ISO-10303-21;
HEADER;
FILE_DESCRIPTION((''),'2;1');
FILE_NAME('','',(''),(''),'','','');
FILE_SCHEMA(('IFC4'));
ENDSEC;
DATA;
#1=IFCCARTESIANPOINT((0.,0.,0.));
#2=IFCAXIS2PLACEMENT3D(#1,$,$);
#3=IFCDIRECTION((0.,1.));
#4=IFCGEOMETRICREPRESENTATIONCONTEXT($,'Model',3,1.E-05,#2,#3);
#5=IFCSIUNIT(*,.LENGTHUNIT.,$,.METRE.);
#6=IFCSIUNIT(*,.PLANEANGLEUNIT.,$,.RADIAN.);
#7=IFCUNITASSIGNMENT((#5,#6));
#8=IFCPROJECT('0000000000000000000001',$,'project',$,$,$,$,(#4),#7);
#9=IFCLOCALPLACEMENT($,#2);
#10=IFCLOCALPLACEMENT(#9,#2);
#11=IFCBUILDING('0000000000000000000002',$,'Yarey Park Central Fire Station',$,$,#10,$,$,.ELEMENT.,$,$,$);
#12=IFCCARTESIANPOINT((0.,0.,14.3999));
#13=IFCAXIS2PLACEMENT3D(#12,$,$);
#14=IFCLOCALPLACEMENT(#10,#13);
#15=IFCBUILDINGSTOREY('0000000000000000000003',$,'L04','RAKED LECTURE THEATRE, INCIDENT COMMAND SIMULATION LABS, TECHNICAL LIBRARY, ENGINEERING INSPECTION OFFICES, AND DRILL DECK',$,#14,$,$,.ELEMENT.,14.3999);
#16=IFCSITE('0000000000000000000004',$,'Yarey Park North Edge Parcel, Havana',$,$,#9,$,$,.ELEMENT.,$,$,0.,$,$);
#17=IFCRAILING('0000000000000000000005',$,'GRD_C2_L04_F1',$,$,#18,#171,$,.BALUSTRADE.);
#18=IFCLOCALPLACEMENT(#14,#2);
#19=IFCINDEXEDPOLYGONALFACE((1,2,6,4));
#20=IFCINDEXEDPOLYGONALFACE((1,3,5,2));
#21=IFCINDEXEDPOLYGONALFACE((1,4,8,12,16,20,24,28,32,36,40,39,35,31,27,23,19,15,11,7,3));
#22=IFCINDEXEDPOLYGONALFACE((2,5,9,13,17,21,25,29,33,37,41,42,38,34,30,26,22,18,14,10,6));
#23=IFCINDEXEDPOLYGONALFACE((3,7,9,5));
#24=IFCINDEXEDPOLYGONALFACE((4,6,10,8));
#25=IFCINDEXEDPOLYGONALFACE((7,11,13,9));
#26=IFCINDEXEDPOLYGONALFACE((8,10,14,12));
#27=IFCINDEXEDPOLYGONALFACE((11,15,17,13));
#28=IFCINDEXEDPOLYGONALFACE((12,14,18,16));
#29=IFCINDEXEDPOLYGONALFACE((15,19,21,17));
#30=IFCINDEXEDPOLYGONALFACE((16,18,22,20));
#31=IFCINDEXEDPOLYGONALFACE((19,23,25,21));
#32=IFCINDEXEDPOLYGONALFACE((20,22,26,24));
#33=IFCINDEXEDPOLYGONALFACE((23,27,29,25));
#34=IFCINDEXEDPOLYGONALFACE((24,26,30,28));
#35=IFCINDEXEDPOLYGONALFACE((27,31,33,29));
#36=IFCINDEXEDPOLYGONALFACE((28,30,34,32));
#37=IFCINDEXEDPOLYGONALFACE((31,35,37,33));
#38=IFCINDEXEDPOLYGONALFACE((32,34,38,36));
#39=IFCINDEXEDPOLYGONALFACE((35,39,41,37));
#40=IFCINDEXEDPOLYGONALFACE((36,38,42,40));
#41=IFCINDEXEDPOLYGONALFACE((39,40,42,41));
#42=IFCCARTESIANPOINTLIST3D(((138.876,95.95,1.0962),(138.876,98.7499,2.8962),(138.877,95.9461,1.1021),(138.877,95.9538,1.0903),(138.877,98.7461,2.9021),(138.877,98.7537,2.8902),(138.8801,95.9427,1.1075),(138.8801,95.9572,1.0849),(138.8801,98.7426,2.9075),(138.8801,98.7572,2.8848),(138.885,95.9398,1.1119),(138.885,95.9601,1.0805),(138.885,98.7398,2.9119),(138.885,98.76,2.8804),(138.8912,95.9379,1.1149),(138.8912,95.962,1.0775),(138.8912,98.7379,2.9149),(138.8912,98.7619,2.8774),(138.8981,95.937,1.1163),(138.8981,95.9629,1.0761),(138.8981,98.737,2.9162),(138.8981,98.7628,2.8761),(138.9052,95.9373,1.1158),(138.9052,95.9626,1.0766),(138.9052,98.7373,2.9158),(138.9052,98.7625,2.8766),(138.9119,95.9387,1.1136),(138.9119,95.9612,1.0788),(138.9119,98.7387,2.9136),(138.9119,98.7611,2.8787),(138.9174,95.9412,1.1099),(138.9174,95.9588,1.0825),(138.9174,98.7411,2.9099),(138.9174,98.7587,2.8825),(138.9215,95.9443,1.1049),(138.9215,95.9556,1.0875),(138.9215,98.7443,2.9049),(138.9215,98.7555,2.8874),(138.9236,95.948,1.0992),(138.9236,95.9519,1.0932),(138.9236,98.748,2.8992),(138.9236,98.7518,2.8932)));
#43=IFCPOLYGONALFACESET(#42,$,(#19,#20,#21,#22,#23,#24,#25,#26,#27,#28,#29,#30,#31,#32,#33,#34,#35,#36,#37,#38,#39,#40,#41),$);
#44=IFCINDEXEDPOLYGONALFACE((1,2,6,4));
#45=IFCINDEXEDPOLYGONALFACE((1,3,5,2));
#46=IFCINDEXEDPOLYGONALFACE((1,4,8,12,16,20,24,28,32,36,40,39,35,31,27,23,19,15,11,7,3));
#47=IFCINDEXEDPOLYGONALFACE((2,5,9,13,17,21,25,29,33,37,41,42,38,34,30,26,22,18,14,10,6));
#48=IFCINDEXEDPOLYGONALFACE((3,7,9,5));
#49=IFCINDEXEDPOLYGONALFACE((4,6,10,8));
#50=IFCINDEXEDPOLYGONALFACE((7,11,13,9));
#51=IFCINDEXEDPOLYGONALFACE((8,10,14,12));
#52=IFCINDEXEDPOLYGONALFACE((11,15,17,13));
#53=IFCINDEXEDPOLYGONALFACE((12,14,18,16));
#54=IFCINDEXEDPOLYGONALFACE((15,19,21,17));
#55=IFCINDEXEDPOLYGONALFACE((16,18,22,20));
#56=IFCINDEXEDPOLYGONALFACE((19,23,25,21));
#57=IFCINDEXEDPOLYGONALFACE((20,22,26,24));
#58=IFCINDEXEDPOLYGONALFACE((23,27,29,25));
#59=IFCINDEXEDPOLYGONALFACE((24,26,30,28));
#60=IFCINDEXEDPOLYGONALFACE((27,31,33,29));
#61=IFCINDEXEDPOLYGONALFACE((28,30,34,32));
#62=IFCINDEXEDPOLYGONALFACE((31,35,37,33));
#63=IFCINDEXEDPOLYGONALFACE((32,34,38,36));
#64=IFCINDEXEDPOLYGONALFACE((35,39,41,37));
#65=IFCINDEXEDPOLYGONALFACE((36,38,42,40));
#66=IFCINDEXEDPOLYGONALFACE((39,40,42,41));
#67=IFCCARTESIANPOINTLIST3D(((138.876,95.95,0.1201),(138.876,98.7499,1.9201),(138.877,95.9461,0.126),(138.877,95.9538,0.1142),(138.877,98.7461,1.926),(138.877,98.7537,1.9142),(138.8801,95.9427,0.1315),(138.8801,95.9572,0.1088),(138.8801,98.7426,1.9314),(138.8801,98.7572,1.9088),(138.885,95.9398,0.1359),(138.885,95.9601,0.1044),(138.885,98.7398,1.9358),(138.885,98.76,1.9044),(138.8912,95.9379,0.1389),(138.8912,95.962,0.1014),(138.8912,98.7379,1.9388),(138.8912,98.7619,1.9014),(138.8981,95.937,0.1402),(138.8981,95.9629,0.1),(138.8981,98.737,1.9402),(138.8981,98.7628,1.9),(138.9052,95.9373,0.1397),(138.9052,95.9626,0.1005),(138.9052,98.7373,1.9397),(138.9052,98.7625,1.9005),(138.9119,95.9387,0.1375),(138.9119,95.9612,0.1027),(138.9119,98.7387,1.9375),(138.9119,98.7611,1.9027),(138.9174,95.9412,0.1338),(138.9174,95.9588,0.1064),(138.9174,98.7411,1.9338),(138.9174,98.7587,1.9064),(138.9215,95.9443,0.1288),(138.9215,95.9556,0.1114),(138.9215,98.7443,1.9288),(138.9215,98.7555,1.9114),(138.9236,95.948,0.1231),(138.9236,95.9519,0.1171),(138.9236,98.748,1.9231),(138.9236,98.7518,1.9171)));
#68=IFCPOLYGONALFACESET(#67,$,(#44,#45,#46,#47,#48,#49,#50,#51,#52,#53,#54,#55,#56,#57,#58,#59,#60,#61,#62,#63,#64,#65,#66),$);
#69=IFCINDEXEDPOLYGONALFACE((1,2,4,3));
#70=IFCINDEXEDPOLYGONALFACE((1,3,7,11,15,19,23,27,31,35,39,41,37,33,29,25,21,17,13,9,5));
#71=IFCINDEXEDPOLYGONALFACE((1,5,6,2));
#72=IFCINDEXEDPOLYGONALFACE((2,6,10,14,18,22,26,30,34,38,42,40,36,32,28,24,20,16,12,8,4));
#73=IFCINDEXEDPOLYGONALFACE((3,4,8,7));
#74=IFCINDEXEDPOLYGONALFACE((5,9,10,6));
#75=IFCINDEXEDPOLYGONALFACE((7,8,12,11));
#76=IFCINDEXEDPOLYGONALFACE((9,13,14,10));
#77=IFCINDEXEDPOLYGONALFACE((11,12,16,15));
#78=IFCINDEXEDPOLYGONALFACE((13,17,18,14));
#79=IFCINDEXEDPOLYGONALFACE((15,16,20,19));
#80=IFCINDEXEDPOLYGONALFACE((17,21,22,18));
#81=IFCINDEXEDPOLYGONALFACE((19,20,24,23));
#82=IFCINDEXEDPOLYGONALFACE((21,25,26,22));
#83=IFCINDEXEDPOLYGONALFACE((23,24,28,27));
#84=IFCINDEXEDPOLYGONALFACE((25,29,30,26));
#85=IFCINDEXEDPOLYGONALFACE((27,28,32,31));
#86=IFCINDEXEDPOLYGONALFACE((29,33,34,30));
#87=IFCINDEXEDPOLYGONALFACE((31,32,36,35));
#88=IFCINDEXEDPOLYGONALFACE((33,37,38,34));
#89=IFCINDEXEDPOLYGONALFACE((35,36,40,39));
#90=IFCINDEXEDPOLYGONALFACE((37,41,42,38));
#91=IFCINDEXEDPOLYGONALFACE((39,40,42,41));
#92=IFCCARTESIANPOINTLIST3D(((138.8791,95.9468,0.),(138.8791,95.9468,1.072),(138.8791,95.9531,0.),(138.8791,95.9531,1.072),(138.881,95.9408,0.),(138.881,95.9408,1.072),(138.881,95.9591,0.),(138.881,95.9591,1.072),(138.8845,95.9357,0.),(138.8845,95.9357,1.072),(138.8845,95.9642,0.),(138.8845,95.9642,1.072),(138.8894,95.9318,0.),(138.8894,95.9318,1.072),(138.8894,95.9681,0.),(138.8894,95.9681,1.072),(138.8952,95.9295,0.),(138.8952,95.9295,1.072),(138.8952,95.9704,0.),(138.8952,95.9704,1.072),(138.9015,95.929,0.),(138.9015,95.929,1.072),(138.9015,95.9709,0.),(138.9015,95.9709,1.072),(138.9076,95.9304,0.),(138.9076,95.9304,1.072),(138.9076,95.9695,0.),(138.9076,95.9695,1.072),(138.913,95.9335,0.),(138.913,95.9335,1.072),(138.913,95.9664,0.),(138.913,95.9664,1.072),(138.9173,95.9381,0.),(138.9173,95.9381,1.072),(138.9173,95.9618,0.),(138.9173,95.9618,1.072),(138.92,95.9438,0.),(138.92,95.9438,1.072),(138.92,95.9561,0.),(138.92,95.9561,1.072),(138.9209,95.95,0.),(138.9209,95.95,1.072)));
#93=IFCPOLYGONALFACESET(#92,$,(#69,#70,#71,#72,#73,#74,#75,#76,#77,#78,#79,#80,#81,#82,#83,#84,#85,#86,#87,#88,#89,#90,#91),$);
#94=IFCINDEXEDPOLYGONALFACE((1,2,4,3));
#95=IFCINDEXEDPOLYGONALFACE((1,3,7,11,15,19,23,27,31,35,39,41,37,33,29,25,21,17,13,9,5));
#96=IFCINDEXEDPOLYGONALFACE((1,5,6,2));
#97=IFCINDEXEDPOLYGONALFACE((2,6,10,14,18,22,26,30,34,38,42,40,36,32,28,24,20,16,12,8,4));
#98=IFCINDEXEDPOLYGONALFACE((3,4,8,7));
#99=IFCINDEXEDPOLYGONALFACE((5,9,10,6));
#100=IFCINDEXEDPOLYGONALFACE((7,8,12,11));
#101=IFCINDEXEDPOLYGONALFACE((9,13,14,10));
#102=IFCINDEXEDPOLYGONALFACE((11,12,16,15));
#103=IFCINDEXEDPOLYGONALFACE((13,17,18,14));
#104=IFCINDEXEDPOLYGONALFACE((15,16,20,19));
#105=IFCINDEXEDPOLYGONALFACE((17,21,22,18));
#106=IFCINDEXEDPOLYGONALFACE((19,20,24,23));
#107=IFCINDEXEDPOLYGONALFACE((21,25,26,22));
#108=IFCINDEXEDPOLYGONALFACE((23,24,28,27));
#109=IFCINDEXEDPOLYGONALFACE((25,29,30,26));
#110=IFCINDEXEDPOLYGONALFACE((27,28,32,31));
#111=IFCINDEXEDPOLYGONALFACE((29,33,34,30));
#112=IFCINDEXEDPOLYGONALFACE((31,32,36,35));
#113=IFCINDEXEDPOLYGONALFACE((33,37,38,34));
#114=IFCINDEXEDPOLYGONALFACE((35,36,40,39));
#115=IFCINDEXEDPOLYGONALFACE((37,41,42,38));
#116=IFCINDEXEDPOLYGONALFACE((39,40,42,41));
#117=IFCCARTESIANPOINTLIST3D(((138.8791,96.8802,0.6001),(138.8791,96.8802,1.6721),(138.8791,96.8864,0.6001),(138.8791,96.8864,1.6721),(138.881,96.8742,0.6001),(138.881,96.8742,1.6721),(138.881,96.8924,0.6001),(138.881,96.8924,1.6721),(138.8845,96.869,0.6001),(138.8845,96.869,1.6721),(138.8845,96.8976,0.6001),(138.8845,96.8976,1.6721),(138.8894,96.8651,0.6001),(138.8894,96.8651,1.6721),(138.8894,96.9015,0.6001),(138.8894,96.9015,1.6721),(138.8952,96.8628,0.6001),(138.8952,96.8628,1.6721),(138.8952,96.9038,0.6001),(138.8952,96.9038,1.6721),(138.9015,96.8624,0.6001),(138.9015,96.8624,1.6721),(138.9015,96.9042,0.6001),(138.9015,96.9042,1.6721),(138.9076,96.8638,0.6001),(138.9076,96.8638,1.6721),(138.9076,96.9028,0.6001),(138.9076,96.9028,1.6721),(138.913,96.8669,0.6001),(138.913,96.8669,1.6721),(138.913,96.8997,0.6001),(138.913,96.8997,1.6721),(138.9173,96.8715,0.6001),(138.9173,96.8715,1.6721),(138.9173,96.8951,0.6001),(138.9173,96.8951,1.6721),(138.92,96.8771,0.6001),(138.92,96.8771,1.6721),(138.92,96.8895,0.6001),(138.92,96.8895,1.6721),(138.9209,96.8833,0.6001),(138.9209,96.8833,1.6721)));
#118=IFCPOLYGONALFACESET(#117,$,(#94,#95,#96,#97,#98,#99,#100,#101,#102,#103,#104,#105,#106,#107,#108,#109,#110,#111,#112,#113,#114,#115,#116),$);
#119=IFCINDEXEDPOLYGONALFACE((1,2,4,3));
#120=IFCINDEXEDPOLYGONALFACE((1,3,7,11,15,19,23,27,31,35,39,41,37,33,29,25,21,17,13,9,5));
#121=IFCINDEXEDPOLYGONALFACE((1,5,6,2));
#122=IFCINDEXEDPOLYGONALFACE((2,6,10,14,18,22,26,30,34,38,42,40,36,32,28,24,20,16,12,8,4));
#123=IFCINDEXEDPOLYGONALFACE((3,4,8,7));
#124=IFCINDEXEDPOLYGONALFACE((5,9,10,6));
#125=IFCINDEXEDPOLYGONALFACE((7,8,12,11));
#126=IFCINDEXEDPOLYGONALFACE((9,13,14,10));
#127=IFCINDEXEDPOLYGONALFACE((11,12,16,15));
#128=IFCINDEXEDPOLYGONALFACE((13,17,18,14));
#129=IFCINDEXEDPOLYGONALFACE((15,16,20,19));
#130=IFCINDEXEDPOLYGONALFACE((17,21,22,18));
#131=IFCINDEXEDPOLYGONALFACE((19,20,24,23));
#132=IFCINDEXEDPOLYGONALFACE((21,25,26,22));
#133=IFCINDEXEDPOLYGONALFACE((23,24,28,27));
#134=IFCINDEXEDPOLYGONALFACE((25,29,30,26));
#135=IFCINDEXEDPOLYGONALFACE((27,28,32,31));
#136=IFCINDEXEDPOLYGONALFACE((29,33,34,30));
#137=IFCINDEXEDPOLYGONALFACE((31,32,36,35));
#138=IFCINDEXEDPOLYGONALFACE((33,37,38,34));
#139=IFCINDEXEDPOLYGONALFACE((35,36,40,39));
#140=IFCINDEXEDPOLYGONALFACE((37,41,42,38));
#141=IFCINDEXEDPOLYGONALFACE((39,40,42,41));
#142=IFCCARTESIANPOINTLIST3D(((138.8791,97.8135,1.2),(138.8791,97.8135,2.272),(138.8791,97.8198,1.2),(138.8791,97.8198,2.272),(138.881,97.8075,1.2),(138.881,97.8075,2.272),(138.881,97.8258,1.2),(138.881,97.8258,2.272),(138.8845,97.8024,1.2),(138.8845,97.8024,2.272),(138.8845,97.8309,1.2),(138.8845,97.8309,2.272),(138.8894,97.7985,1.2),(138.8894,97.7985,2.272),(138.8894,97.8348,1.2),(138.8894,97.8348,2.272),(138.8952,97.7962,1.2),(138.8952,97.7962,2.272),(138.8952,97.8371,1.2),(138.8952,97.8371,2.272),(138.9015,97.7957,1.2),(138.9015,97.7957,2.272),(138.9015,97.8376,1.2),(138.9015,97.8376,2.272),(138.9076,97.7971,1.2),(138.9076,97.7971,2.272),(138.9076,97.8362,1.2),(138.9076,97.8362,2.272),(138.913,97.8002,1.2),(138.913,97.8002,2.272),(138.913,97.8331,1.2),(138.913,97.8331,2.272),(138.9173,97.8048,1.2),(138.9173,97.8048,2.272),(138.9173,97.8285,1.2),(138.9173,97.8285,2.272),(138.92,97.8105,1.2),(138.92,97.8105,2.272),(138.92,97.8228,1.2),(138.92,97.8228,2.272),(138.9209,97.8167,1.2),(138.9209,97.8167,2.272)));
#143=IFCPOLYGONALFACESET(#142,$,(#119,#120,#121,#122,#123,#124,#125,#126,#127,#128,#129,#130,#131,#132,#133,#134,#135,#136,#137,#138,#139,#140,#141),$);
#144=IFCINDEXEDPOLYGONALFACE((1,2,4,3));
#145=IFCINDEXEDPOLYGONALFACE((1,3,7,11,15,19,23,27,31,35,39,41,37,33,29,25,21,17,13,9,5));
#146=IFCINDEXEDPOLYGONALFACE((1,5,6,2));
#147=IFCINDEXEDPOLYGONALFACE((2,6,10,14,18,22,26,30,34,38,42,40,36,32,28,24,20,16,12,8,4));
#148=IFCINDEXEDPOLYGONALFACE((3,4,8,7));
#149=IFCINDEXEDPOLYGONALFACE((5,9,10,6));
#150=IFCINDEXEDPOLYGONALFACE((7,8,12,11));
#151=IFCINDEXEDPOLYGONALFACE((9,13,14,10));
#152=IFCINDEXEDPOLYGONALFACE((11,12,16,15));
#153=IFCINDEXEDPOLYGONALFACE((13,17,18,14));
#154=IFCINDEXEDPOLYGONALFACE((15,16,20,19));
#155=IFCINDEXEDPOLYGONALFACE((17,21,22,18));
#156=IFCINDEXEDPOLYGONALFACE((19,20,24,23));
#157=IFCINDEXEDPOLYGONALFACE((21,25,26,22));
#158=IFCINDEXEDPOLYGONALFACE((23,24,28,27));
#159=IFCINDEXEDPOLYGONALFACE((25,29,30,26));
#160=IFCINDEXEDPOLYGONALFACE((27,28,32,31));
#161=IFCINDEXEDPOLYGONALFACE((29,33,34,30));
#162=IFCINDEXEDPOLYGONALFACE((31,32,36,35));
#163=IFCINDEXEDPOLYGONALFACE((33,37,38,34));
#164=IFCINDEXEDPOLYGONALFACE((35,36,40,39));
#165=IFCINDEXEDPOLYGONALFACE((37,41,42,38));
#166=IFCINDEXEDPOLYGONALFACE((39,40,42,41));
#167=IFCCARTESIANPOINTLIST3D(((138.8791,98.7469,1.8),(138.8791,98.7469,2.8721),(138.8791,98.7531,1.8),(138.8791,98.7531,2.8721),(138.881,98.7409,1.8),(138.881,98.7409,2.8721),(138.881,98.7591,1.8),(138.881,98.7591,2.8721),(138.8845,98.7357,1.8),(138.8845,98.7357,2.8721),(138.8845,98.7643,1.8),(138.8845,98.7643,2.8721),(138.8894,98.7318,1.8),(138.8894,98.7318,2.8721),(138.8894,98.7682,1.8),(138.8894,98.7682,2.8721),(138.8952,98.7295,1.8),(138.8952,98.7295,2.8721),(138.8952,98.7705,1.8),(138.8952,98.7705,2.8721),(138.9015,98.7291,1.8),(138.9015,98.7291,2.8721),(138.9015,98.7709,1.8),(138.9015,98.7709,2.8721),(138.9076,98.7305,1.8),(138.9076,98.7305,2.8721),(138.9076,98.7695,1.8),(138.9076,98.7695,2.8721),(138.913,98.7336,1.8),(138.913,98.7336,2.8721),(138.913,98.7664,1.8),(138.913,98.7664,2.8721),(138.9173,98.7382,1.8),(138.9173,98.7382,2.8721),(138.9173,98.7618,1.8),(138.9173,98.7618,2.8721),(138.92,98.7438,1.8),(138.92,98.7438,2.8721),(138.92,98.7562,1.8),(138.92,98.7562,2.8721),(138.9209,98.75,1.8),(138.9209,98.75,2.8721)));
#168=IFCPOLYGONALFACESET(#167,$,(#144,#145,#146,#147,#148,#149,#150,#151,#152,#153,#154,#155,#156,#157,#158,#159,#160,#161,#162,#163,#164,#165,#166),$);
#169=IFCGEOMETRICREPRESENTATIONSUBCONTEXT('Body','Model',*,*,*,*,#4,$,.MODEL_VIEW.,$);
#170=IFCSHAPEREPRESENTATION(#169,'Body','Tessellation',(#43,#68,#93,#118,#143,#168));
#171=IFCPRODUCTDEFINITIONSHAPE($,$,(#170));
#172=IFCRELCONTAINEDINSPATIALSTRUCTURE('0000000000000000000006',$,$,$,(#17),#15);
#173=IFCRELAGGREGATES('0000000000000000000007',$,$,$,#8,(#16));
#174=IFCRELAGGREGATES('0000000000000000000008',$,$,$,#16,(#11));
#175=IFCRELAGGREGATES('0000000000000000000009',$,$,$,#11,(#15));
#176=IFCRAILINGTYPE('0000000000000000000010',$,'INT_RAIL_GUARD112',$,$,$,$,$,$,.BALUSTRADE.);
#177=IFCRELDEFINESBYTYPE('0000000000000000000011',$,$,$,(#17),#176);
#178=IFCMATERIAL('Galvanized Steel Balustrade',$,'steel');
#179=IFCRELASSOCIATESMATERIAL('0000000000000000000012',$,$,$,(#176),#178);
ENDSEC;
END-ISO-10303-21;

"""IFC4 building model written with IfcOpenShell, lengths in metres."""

from ifc_helpers import new_model, si_unit, direction, frame, origin, origin_2d, place, context, subcontext, project, spatial, circle, extrude, material, type_object, element, save


model = new_model("IFC4")

# Units and contexts
model_context = context("Model", 3, precision=1e-05, world=origin(), true_north=direction((0.0, 1.0)))
body_context = subcontext(model_context, "Body", "Model", "MODEL_VIEW")
ifc_project = project(units=[si_unit("LENGTHUNIT", "METRE"), si_unit("PLANEANGLEUNIT", "RADIAN")], contexts=[model_context])

# Site, building, storey
site_placement = place(None, origin())
site = spatial("IfcSite", under=ifc_project, at=site_placement, Name="Yarey Park North Edge Parcel, Havana", CompositionType="ELEMENT", RefElevation=0.0)
building_placement = place(site_placement, origin())
building = spatial("IfcBuilding", under=site, at=building_placement, Name="Yarey Park Central Fire Station", CompositionType="ELEMENT")
storey_placement = place(building_placement, frame((0.0, 0.0, 14.3999)))
storey = spatial("IfcBuildingStorey", under=building, at=storey_placement, Name="L04", Description="RAKED LECTURE THEATRE, INCIDENT COMMAND SIMULATION LABS, TECHNICAL LIBRARY, ENGINEERING INSPECTION OFFICES, AND DRILL DECK", CompositionType="ELEMENT", Elevation=14.3999)

# Railing
ifc_material_1 = material(Name="Galvanized Steel Balustrade", Category="steel")
railing_type_1 = type_object("IfcRailingType", Name="INT_RAIL_GUARD112", PredefinedType="BALUSTRADE", material=ifc_material_1)
railing_1_placement = place(storey_placement, frame((138.8999, 95.95, 0.0)))
element("IfcRailing", 1, at=railing_1_placement, inside=storey, type_object=railing_type_1, Name="GRD_C2_L04_F1", PredefinedType="BALUSTRADE", context=body_context, shape_type="SweptSolid", body=[
    extrude(circle(Radius=0.0239, at=origin_2d()), frame((0.0, 0.0, 1.0962), z_axis=(0.0, 0.841176, 0.540761), x_axis=(-1.0, 0.0, 0.0)), (0.0, 0.0, 1.0), 3.3286),
    extrude(circle(Radius=0.0239, at=origin_2d()), frame((0.0, 0.0, 0.1201), z_axis=(0.0, 0.841176, 0.540761), x_axis=(-1.0, 0.0, 0.0)), (0.0, 0.0, 1.0), 3.3286),
    extrude(circle(Radius=0.021, at=origin_2d()), origin(), (0.0, 0.0, 1.0), 1.072),
    extrude(circle(Radius=0.021, at=origin_2d()), frame((0.0, 0.9333, 0.6001)), (0.0, 0.0, 1.0), 1.072),
    extrude(circle(Radius=0.021, at=origin_2d()), frame((0.0, 1.8667, 1.2)), (0.0, 0.0, 1.0), 1.072),
    extrude(circle(Radius=0.021, at=origin_2d()), frame((0.0, 2.8, 1.8)), (0.0, 0.0, 1.0), 1.072),
])

save(model, "model.ifc")
